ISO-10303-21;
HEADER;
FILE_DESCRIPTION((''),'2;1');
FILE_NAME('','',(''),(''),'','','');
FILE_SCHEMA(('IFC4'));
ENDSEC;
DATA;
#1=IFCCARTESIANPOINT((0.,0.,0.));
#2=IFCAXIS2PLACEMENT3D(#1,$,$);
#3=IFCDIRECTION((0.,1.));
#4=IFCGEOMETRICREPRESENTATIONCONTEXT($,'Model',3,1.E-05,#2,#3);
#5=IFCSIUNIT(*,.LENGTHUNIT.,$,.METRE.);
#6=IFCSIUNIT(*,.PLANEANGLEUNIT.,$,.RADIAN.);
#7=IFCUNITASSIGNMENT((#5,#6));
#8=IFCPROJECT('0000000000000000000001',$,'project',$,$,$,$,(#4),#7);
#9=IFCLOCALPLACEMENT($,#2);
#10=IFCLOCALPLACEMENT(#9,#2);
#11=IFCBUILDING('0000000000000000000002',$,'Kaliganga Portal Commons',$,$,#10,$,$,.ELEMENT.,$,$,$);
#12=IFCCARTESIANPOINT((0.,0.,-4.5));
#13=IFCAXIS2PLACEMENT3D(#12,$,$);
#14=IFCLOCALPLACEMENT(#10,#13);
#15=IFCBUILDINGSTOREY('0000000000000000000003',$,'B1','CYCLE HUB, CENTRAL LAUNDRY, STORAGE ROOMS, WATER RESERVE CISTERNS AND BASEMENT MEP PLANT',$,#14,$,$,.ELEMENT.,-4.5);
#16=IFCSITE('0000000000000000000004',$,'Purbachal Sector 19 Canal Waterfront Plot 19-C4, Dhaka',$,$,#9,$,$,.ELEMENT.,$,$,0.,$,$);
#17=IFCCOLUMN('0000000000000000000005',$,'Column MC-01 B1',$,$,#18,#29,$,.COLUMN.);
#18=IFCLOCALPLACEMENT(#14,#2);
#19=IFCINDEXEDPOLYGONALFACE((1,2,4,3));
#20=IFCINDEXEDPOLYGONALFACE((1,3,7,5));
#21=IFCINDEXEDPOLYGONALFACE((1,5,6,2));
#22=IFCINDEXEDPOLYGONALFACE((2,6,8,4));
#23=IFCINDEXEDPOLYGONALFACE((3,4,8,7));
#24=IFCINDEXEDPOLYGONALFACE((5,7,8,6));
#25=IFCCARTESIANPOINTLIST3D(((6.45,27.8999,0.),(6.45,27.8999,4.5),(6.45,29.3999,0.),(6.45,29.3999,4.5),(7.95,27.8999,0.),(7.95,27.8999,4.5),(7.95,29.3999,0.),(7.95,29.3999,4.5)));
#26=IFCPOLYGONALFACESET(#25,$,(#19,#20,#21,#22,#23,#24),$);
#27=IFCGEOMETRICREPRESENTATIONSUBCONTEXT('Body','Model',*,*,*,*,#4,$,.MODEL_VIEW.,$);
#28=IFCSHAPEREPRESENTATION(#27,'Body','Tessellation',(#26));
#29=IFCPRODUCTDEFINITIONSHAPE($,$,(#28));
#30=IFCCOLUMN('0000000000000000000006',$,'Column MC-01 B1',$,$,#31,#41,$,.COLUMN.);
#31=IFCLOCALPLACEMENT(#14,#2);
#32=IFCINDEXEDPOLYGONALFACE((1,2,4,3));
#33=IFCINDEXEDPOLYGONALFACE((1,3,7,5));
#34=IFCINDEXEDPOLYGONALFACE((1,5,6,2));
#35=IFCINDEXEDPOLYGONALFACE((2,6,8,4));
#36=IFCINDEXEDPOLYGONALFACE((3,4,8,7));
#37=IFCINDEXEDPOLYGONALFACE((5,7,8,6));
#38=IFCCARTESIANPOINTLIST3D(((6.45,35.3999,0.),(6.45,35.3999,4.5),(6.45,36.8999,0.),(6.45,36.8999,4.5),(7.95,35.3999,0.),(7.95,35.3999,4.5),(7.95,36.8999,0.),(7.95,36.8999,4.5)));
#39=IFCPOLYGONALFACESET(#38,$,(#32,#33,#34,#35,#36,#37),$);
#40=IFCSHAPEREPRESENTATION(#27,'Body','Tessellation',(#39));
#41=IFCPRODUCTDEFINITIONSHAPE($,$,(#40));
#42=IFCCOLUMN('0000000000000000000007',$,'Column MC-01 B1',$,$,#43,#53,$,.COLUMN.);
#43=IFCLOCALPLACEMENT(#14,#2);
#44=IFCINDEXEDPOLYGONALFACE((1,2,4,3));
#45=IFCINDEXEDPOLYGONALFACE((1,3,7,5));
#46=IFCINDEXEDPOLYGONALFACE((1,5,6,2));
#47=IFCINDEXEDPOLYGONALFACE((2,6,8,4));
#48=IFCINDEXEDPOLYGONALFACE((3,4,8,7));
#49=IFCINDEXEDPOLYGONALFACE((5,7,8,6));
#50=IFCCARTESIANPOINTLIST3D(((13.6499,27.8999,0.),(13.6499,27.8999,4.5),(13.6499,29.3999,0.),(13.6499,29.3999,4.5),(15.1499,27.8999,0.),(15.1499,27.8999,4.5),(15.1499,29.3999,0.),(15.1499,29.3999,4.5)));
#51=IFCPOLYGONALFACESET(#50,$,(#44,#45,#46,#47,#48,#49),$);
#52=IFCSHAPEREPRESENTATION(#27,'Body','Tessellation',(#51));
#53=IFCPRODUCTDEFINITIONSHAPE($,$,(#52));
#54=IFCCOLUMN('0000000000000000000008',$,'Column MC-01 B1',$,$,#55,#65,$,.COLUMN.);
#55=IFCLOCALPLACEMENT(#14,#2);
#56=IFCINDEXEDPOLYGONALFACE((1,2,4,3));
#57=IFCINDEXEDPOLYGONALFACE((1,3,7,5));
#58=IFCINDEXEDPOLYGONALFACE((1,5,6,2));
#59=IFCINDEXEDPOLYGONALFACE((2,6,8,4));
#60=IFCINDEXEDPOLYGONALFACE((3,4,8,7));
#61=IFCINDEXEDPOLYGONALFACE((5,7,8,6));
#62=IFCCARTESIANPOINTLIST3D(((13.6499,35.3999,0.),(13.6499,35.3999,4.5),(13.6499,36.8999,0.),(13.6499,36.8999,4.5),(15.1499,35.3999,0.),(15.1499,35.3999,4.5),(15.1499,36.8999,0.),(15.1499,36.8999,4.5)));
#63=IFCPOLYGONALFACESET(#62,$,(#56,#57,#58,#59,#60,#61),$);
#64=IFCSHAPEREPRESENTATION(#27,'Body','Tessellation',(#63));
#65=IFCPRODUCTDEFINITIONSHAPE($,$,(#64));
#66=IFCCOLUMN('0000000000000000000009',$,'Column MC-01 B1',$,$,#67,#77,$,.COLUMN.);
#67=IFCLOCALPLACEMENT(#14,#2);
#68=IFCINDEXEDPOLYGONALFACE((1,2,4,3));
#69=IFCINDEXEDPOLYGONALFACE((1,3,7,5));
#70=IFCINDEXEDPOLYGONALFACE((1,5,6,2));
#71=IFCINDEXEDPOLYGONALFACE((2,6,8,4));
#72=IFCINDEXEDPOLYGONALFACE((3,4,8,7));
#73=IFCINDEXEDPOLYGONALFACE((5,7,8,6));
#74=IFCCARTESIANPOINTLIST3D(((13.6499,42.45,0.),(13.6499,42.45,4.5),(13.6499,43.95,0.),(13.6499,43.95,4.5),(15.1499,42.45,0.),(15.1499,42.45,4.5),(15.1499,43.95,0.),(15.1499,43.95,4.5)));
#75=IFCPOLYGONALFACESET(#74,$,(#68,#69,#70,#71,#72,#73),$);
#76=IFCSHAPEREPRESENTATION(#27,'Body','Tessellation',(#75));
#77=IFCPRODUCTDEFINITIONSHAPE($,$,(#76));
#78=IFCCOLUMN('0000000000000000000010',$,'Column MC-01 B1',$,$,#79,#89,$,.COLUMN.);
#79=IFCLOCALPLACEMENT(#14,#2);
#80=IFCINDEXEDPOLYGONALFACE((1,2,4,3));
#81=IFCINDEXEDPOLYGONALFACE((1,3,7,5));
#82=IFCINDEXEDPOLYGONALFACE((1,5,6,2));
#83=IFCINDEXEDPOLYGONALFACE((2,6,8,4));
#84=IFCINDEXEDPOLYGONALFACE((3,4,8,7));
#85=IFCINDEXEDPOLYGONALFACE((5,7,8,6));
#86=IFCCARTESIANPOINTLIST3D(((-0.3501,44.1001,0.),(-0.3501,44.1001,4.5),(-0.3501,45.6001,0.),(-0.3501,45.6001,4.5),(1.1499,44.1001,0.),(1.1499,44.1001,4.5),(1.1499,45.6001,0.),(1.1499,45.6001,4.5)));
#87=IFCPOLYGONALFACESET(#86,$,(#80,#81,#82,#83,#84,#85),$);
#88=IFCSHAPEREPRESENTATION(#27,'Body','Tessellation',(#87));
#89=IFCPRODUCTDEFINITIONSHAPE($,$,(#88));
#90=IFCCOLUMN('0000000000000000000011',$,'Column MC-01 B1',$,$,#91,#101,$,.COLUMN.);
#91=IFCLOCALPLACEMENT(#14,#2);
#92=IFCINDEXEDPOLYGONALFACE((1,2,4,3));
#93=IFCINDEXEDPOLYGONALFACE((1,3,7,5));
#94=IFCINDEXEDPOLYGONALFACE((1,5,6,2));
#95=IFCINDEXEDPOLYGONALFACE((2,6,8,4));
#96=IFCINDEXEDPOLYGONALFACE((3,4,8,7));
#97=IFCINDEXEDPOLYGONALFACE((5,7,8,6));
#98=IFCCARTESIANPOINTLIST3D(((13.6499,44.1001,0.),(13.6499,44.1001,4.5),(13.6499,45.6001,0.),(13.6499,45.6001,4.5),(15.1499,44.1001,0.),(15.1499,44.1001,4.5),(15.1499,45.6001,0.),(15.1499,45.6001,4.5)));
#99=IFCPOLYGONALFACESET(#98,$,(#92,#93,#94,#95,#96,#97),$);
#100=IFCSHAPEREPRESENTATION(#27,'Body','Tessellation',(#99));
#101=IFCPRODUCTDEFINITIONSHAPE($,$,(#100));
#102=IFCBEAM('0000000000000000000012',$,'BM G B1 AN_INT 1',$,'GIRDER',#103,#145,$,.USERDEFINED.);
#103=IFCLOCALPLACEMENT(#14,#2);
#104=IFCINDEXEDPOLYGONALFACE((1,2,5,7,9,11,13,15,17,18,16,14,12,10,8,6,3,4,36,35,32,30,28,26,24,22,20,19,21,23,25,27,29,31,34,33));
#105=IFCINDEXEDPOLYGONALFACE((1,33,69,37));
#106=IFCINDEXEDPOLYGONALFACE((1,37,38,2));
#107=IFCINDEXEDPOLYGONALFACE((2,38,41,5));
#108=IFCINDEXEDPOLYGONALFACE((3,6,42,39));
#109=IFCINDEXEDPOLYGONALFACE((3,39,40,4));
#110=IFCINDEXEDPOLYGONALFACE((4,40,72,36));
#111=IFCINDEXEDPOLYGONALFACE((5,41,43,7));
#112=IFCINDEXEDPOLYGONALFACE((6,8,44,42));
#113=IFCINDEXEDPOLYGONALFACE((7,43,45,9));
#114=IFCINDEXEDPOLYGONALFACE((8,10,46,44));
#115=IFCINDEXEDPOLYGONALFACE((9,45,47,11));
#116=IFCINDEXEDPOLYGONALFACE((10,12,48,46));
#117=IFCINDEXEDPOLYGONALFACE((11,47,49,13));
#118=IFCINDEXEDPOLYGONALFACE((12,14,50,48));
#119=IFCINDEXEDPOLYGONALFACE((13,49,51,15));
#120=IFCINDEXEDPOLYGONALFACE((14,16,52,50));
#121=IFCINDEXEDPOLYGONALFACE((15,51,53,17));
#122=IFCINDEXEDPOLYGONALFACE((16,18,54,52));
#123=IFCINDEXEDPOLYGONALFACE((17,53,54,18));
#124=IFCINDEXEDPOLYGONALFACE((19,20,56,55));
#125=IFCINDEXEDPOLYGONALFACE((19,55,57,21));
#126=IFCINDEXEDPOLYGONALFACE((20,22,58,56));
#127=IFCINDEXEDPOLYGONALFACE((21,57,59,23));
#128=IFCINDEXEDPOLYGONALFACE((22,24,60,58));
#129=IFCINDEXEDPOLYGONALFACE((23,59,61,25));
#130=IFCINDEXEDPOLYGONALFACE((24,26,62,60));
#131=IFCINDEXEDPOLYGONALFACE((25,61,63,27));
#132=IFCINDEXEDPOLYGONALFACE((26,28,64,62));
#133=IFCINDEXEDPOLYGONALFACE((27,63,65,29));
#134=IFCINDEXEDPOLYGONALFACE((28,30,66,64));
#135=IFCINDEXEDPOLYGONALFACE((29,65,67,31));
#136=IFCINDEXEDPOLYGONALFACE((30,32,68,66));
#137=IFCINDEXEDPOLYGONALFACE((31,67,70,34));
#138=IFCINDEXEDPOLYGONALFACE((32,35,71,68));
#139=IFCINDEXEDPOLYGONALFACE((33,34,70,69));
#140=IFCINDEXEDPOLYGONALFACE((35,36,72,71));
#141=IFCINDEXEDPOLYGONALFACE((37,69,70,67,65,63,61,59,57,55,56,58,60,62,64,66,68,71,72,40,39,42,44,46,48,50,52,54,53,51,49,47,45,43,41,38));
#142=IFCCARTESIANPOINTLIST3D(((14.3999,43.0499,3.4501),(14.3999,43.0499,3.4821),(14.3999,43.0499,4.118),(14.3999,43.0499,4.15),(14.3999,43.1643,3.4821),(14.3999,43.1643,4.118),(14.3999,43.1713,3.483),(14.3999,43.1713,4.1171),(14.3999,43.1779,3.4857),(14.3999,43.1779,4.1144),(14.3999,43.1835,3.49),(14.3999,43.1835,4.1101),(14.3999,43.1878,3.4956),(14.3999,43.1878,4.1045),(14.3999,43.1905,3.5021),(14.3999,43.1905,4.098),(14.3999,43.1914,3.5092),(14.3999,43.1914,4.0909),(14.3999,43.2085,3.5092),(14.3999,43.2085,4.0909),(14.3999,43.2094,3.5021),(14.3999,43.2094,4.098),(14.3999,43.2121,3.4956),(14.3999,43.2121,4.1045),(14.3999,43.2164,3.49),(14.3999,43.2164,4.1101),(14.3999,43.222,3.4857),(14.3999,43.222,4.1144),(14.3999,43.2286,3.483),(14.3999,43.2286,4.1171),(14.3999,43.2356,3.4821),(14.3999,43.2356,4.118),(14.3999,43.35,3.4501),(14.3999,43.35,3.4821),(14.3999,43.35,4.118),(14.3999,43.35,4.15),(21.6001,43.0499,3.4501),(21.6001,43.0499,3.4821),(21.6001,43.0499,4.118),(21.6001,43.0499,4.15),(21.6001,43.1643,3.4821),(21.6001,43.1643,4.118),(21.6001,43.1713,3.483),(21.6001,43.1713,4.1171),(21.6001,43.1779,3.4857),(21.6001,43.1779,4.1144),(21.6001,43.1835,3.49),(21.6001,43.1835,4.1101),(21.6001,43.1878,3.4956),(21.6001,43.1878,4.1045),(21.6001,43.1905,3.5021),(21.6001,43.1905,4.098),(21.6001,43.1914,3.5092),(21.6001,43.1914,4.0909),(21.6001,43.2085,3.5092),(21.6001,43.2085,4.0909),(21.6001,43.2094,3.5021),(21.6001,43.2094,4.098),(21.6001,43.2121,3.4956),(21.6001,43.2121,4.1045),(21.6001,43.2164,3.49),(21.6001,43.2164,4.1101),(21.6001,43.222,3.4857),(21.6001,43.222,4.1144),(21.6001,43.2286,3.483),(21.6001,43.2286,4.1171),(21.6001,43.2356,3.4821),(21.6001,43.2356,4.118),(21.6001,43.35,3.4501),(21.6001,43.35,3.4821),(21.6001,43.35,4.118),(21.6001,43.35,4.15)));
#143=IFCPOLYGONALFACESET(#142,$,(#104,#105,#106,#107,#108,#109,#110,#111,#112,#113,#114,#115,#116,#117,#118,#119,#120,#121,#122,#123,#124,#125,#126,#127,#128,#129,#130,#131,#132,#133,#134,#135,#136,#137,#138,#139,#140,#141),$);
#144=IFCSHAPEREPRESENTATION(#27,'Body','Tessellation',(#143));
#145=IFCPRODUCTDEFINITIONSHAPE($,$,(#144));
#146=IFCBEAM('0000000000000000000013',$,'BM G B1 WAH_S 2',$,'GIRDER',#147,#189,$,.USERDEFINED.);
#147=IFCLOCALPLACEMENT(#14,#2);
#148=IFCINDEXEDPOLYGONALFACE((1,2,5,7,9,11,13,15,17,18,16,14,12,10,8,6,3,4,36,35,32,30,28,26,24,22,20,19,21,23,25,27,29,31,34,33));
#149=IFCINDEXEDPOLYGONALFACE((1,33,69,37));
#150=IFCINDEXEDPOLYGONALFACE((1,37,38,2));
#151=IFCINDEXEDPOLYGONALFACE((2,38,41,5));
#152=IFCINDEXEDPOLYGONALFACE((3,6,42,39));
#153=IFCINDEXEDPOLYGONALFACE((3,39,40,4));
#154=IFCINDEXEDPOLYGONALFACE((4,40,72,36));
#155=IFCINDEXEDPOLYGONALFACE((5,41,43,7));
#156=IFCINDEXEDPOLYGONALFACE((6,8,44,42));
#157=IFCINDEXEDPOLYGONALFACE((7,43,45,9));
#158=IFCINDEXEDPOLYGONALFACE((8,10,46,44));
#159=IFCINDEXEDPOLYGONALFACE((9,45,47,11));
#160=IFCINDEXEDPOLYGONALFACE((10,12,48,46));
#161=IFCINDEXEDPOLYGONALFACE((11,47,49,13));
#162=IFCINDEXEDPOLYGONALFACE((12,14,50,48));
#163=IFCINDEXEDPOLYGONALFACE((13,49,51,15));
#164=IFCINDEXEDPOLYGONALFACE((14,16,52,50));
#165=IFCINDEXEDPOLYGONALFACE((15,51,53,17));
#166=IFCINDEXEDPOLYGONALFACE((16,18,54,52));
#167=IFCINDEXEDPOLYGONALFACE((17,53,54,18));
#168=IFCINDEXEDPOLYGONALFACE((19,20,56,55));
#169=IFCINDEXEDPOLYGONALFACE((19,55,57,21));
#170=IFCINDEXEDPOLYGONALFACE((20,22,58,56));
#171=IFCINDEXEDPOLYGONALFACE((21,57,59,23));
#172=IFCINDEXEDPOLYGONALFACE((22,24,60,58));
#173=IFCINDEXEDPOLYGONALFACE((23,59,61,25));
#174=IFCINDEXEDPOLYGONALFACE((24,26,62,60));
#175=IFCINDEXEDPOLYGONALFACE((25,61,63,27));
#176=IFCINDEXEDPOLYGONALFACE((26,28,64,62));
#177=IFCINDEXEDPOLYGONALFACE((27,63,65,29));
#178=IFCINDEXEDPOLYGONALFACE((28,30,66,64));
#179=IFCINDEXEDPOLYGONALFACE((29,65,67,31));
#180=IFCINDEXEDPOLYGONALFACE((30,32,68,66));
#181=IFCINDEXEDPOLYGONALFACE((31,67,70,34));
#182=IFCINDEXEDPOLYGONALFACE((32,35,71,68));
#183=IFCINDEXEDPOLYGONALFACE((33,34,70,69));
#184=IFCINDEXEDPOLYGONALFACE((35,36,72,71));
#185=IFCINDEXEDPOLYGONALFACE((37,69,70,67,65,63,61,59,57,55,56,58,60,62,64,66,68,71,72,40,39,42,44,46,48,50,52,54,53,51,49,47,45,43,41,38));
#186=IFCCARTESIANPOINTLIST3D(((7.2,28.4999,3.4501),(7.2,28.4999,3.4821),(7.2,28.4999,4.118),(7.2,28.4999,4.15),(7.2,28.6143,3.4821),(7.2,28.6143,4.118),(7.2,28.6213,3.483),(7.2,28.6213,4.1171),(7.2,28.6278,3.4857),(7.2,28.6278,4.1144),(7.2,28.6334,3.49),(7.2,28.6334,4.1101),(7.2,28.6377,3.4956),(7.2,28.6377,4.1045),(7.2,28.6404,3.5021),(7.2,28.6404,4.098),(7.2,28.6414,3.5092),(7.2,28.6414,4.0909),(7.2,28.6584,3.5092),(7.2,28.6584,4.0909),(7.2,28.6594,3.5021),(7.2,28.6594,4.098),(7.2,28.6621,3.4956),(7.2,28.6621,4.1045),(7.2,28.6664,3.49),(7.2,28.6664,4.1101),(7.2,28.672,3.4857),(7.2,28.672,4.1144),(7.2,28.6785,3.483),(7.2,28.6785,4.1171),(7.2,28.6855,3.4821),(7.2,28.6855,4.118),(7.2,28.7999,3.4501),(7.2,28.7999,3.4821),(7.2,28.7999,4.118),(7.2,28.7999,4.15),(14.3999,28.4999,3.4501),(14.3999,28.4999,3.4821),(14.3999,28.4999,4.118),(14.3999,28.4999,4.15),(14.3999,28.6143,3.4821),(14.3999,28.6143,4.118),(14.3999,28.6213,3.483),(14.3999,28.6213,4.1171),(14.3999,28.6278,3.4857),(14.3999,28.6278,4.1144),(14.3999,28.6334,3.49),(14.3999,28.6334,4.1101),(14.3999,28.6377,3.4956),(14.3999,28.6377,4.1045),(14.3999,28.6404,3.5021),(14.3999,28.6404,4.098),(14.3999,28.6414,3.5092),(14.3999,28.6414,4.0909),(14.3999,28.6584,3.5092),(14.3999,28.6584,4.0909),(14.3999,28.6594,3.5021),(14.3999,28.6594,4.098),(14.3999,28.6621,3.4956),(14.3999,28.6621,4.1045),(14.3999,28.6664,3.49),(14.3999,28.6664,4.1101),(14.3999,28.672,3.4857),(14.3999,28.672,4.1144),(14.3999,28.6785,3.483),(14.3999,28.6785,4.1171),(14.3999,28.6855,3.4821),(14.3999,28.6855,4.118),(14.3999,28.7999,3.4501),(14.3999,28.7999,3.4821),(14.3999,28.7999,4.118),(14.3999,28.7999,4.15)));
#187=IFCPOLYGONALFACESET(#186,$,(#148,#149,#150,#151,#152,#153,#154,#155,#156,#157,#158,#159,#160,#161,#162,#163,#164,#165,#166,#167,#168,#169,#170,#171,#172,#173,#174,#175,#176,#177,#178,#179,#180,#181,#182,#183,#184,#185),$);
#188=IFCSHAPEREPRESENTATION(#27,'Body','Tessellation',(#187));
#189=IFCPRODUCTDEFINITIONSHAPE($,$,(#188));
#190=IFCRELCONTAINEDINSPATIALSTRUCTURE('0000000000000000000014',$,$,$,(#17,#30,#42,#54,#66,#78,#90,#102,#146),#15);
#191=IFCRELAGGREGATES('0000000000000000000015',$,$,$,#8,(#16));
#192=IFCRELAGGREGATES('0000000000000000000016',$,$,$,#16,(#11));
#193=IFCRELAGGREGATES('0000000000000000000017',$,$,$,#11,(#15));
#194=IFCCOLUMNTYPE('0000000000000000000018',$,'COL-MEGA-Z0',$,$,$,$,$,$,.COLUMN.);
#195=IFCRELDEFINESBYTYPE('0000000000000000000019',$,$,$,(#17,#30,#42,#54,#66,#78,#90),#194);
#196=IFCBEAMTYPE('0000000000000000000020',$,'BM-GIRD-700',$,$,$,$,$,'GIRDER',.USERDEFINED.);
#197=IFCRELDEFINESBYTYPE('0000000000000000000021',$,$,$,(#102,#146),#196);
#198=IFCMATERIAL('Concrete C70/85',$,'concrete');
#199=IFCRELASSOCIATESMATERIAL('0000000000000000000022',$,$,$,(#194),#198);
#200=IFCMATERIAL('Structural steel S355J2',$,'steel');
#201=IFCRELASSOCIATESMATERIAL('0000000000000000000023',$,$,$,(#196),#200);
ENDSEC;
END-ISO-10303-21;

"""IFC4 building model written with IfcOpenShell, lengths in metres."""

from ifc_helpers import new_model, si_unit, direction, frame, origin, origin_2d, place, context, subcontext, project, spatial, rectangle, i_section, extrude, source, transform, mapped, material, material_profile, profile_set, type_object, element, save


model = new_model("IFC4")

# Units and contexts
model_context = context("Model", 3, precision=1e-05, world=origin(), true_north=direction((0.0, 1.0)))
body_context = subcontext(model_context, "Body", "Model", "MODEL_VIEW")
ifc_project = project(units=[si_unit("LENGTHUNIT", "METRE"), si_unit("PLANEANGLEUNIT", "RADIAN")], contexts=[model_context])

# Site, building, storey
site_placement = place(None, origin())
site = spatial("IfcSite", under=ifc_project, at=site_placement, Name="Purbachal Sector 19 Canal Waterfront Plot 19-C4, Dhaka", CompositionType="ELEMENT", RefElevation=0.0)
building_placement = place(site_placement, origin())
building = spatial("IfcBuilding", under=site, at=building_placement, Name="Kaliganga Portal Commons", CompositionType="ELEMENT")
storey_placement = place(building_placement, frame((0.0, 0.0, -4.5)))
storey = spatial("IfcBuildingStorey", under=building, at=storey_placement, Name="B1", Description="CYCLE HUB, CENTRAL LAUNDRY, STORAGE ROOMS, WATER RESERVE CISTERNS AND BASEMENT MEP PLANT", CompositionType="ELEMENT", Elevation=-4.5)

# Columns
ifc_material_1 = material(Name="Concrete C70/85", Category="concrete")
ifc_material_profile_1 = material_profile(ifc_material_1, rectangle(XDim=1.5, YDim=1.5, at=origin_2d()), Name="RC 1500x1500")
ifc_profile_set_1 = profile_set([ifc_material_profile_1], Name="Concrete C70/85")
column_type = type_object("IfcColumnType", Name="COL-MEGA-Z0", PredefinedType="COLUMN", material=ifc_profile_set_1)
shared_shape_1 = source(origin(), body_context, "Body", "SweptSolid", [
    extrude(rectangle(XDim=1.5, YDim=1.5, at=origin_2d()), origin(), (0.0, 0.0, 1.0), 4.5),
])
for number, where, z_axis, x_axis, name in (
    (1, (7.2, 28.6499, 0.0), (0.0, 0.0, 1.0), (1.0, 0.0, 0.0), "Column MC-01 B1"),
    (2, (7.2, 36.1499, 0.0), (0.0, 0.0, 1.0), (1.0, 0.0, 0.0), "Column MC-01 B1"),
    (3, (14.3999, 28.6499, 0.0), (0.0, 0.0, 1.0), (1.0, 0.0, 0.0), "Column MC-01 B1"),
    (4, (14.3999, 36.1499, 0.0), (0.0, 0.0, 1.0), (1.0, 0.0, 0.0), "Column MC-01 B1"),
    (5, (14.3999, 43.2, 0.0), (0.0, 0.0, 1.0), (1.0, 0.0, 0.0), "Column MC-01 B1"),
    (6, (0.3999, 44.8501, 0.0), (0.0, 0.0, 1.0), (1.0, 0.0, 0.0), "Column MC-01 B1"),
    (7, (14.3999, 44.8501, 0.0), (0.0, 0.0, 1.0), (1.0, 0.0, 0.0), "Column MC-01 B1"),
):
    element("IfcColumn", number, at=place(storey_placement, frame(where, z_axis=z_axis, x_axis=x_axis)), inside=storey, type_object=column_type, Name=name, PredefinedType="COLUMN", context=body_context, shape_type="MappedRepresentation", body=[
        mapped(shared_shape_1, transform((0.0, 0.0, 0.0), x_axis=(1.0, 0.0, 0.0), y_axis=(0.0, 1.0, 0.0), z_axis=(0.0, 0.0, 1.0), scale=1.0)),
    ])

# Beams
ifc_material_2 = material(Name="Structural steel S355J2", Category="steel")
ifc_material_profile_2 = material_profile(ifc_material_2, i_section(OverallWidth=0.3, OverallDepth=0.7, WebThickness=0.0171, FlangeThickness=0.032, FilletRadius=0.0271, at=origin_2d()), Name="HE 700 B")
ifc_profile_set_2 = profile_set([ifc_material_profile_2], Name="Structural steel S355J2 wide-flange")
beam_type_1 = type_object("IfcBeamType", Name="BM-GIRD-700", ElementType="GIRDER", PredefinedType="USERDEFINED", material=ifc_profile_set_2)
shared_shape_2 = source(origin(), body_context, "Body", "SweptSolid", [
    extrude(i_section(OverallWidth=0.3, OverallDepth=0.7, WebThickness=0.0171, FlangeThickness=0.032, FilletRadius=0.0271, at=origin_2d()), origin(), (0.0, 0.0, 1.0), 7.2002),
])
beam_1_placement = place(storey_placement, frame((14.3999, 43.2, 3.8), z_axis=(1.0, 0.0, 0.0), x_axis=(0.0, 1.0, 0.0)))
element("IfcBeam", 8, at=beam_1_placement, inside=storey, type_object=beam_type_1, Name="BM G B1 AN_INT 1", ObjectType="GIRDER", PredefinedType="USERDEFINED", context=body_context, shape_type="MappedRepresentation", body=[
    mapped(shared_shape_2, transform((0.0, 0.0, 0.0), x_axis=(1.0, 0.0, 0.0), y_axis=(0.0, 1.0, 0.0), z_axis=(0.0, 0.0, 1.0), scale=1.0)),
])
shared_shape_3 = source(origin(), body_context, "Body", "SweptSolid", [
    extrude(i_section(OverallWidth=0.3, OverallDepth=0.7, WebThickness=0.0171, FlangeThickness=0.032, FilletRadius=0.0271, at=origin_2d()), origin(), (0.0, 0.0, 1.0), 7.2),
])
for number, where, z_axis, x_axis, name in (
    (9, (7.2, 28.6499, 3.8), (1.0, 0.0, 0.0), (0.0, 1.0, 0.0), "BM G B1 WAH_S 2"),
):
    element("IfcBeam", number, at=place(storey_placement, frame(where, z_axis=z_axis, x_axis=x_axis)), inside=storey, type_object=beam_type_1, Name=name, ObjectType="GIRDER", PredefinedType="USERDEFINED", context=body_context, shape_type="MappedRepresentation", body=[
        mapped(shared_shape_3, transform((0.0, 0.0, 0.0), x_axis=(1.0, 0.0, 0.0), y_axis=(0.0, 1.0, 0.0), z_axis=(0.0, 0.0, 1.0), scale=1.0)),
    ])

save(model, "model.ifc")
